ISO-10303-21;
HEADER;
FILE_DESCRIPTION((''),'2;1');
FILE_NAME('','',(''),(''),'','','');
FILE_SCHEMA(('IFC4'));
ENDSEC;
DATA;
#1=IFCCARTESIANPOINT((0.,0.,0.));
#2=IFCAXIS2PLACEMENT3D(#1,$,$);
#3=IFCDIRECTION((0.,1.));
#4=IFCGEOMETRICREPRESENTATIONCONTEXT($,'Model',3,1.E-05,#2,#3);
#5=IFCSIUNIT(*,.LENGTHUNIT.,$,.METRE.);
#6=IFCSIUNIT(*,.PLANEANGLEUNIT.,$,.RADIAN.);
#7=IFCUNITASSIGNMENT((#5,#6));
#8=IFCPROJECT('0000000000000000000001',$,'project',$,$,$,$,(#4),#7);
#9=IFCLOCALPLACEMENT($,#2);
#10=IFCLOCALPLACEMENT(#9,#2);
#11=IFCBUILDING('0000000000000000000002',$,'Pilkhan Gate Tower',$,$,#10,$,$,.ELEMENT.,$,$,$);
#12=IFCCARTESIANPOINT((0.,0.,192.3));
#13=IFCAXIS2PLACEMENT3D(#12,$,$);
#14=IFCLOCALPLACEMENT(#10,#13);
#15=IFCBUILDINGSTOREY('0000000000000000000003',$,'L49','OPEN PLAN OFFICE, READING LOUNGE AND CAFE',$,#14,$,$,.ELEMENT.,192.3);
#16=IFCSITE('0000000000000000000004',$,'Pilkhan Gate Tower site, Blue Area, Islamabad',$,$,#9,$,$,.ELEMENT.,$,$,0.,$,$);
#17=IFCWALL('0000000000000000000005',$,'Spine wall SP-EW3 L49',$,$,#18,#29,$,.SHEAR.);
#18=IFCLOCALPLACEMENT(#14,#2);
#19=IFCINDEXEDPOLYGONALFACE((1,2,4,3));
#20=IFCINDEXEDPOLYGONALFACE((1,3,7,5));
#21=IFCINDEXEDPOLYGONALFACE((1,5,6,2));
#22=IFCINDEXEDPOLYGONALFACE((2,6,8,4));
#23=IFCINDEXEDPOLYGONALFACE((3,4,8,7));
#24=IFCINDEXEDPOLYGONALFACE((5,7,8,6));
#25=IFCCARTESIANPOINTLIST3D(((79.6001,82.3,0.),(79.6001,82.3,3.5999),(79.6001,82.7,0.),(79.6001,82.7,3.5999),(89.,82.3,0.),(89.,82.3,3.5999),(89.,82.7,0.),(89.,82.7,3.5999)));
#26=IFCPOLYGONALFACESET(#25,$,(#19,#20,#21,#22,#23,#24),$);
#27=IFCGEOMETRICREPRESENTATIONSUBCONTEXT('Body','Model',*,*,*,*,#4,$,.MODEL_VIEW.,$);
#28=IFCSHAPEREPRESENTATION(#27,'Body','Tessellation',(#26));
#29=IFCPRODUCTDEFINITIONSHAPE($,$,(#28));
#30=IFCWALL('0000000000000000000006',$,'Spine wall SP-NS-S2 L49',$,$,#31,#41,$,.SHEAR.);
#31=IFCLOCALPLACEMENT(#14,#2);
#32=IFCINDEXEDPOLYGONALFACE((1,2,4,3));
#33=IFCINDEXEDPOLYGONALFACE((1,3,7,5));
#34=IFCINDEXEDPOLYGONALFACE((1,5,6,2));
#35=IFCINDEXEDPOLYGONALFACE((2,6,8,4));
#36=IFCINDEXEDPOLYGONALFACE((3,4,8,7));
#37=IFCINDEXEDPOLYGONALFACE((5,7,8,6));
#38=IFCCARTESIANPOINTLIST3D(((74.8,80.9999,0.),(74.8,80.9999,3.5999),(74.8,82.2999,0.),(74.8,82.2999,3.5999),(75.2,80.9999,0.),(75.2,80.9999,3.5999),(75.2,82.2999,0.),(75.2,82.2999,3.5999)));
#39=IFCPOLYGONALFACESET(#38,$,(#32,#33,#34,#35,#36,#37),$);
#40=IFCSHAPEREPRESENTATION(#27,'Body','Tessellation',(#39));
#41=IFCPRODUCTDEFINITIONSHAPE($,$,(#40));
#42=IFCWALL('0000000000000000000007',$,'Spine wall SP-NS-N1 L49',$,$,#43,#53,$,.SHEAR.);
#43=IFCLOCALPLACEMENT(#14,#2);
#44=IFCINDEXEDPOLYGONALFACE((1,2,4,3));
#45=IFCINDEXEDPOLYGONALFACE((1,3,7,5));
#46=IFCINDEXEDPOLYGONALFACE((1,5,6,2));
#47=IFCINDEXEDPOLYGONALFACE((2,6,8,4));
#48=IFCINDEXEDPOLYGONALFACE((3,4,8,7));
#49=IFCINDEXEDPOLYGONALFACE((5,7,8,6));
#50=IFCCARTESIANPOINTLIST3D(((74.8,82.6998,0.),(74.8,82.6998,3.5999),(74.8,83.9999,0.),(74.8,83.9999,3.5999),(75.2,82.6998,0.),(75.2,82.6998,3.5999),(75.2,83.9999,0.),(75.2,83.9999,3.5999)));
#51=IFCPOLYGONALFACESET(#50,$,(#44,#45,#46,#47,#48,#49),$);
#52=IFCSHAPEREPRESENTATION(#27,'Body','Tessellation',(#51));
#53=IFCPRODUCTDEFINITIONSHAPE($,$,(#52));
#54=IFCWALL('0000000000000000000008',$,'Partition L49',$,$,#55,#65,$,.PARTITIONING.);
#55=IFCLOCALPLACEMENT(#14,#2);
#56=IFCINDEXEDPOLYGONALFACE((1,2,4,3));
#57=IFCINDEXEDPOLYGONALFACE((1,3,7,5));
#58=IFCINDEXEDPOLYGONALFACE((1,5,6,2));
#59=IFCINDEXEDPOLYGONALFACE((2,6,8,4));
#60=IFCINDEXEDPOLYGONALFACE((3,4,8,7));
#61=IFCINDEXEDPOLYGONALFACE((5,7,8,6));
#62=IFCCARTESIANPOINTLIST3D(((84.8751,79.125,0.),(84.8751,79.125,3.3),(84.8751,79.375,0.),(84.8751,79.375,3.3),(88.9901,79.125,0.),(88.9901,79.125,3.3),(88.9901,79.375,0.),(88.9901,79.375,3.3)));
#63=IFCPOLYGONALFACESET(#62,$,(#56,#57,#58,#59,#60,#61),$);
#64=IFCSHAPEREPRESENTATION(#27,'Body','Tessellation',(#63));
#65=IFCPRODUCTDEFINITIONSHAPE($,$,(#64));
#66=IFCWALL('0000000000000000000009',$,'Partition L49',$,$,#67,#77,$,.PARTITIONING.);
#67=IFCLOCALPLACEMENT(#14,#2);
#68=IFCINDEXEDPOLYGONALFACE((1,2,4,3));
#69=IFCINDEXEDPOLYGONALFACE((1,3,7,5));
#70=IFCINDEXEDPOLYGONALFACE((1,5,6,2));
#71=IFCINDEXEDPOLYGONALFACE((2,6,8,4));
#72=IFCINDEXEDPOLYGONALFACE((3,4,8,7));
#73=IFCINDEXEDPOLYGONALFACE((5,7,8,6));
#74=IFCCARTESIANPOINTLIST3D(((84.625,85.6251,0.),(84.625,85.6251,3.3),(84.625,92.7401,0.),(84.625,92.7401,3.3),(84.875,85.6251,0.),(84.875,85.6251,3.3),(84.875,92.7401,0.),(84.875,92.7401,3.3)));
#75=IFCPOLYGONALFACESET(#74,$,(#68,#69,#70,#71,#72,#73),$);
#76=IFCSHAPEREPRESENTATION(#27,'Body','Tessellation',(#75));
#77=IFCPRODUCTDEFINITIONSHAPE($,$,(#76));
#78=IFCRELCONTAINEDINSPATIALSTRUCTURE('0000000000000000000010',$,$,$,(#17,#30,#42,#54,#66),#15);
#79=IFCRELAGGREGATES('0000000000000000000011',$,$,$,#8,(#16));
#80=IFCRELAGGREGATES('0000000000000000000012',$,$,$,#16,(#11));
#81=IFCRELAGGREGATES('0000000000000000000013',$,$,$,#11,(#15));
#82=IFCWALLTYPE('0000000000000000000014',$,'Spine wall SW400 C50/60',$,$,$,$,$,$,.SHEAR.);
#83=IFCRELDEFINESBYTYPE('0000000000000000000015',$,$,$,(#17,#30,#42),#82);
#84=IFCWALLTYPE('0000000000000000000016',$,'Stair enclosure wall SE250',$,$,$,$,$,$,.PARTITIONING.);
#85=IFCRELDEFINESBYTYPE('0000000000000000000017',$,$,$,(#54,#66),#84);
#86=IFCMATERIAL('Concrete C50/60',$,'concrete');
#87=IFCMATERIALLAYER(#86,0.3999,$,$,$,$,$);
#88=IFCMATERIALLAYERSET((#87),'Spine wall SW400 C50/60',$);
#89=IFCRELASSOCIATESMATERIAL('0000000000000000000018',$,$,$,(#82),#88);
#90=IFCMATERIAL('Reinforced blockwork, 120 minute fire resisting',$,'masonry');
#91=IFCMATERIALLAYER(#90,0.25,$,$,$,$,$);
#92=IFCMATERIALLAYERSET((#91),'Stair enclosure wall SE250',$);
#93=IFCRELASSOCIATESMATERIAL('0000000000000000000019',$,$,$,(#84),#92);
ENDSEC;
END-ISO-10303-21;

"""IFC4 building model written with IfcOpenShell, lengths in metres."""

from ifc_helpers import new_model, si_unit, direction, frame, frame_2d, origin, place, context, subcontext, project, spatial, rectangle, extrude, material, layer, layer_set, type_object, element, save


model = new_model("IFC4")

# Units and contexts
model_context = context("Model", 3, precision=1e-05, world=origin(), true_north=direction((0.0, 1.0)))
body_context = subcontext(model_context, "Body", "Model", "MODEL_VIEW")
ifc_project = project(units=[si_unit("LENGTHUNIT", "METRE"), si_unit("PLANEANGLEUNIT", "RADIAN")], contexts=[model_context])

# Site, building, storey
site_placement = place(None, origin())
site = spatial("IfcSite", under=ifc_project, at=site_placement, Name="Pilkhan Gate Tower site, Blue Area, Islamabad", CompositionType="ELEMENT", RefElevation=0.0)
building_placement = place(site_placement, origin())
building = spatial("IfcBuilding", under=site, at=building_placement, Name="Pilkhan Gate Tower", CompositionType="ELEMENT")
storey_placement = place(building_placement, frame((0.0, 0.0, 192.3)))
storey = spatial("IfcBuildingStorey", under=building, at=storey_placement, Name="L49", Description="OPEN PLAN OFFICE, READING LOUNGE AND CAFE", CompositionType="ELEMENT", Elevation=192.3)

# Shared definitions
ifc_material_1 = material(Name="Concrete C50/60", Category="concrete")

# Walls
ifc_layer_1 = layer(ifc_material_1, 0.3999)
ifc_layer_set_1 = layer_set([ifc_layer_1], Name="Spine wall SW400 C50/60")
wall_type_1 = type_object("IfcWallType", Name="Spine wall SW400 C50/60", PredefinedType="SHEAR", material=ifc_layer_set_1)
wall_1_placement = place(storey_placement, frame((79.6001, 82.5, 0.0), z_axis=(0.0, 0.0, 1.0), x_axis=(1.0, 0.0, 0.0)))
element("IfcWall", 1, at=wall_1_placement, inside=storey, type_object=wall_type_1, Name="Spine wall SP-EW3 L49", PredefinedType="SHEAR", context=body_context, shape_type="SweptSolid", body=[
    extrude(rectangle(XDim=9.3999, YDim=0.3999, at=frame_2d((4.7, 0.0))), origin(), (0.0, 0.0, 1.0), 3.5999),
])
for number, where, z_axis, x_axis, name in (
    (2, (75.0, 81.0, 0.0), (0.0, 0.0, 1.0), (0.0, 1.0, 0.0), "Spine wall SP-NS-S2 L49"),
    (3, (75.0, 82.7, 0.0), (0.0, 0.0, 1.0), (0.0, 1.0, 0.0), "Spine wall SP-NS-N1 L49"),
):
    element("IfcWall", number, at=place(storey_placement, frame(where, z_axis=z_axis, x_axis=x_axis)), inside=storey, type_object=wall_type_1, Name=name, PredefinedType="SHEAR", context=body_context, shape_type="SweptSolid", body=[
        extrude(rectangle(XDim=1.3, YDim=0.3999, at=frame_2d((0.6499, 0.0))), origin(), (0.0, 0.0, 1.0), 3.5999),
    ])
ifc_material_2 = material(Name="Reinforced blockwork, 120 minute fire resisting", Category="masonry")
ifc_layer_2 = layer(ifc_material_2, 0.25)
ifc_layer_set_2 = layer_set([ifc_layer_2], Name="Stair enclosure wall SE250")
wall_type_2 = type_object("IfcWallType", Name="Stair enclosure wall SE250", PredefinedType="PARTITIONING", material=ifc_layer_set_2)
wall_2_placement = place(storey_placement, frame((84.875, 79.25, 0.0), z_axis=(0.0, 0.0, 1.0), x_axis=(1.0, 0.0, 0.0)))
element("IfcWall", 4, at=wall_2_placement, inside=storey, type_object=wall_type_2, Name="Partition L49", PredefinedType="PARTITIONING", context=body_context, shape_type="SweptSolid", body=[
    extrude(rectangle(XDim=4.115, YDim=0.25, at=frame_2d((2.0576, 0.0))), origin(), (0.0, 0.0, 1.0), 3.3),
])
wall_3_placement = place(storey_placement, frame((84.75, 85.625, 0.0), z_axis=(0.0, 0.0, 1.0), x_axis=(0.0, 1.0, 0.0)))
element("IfcWall", 5, at=wall_3_placement, inside=storey, type_object=wall_type_2, Name="Partition L49", PredefinedType="PARTITIONING", context=body_context, shape_type="SweptSolid", body=[
    extrude(rectangle(XDim=7.115, YDim=0.25, at=frame_2d((3.5576, 0.0))), origin(), (0.0, 0.0, 1.0), 3.3),
])

save(model, "model.ifc")
